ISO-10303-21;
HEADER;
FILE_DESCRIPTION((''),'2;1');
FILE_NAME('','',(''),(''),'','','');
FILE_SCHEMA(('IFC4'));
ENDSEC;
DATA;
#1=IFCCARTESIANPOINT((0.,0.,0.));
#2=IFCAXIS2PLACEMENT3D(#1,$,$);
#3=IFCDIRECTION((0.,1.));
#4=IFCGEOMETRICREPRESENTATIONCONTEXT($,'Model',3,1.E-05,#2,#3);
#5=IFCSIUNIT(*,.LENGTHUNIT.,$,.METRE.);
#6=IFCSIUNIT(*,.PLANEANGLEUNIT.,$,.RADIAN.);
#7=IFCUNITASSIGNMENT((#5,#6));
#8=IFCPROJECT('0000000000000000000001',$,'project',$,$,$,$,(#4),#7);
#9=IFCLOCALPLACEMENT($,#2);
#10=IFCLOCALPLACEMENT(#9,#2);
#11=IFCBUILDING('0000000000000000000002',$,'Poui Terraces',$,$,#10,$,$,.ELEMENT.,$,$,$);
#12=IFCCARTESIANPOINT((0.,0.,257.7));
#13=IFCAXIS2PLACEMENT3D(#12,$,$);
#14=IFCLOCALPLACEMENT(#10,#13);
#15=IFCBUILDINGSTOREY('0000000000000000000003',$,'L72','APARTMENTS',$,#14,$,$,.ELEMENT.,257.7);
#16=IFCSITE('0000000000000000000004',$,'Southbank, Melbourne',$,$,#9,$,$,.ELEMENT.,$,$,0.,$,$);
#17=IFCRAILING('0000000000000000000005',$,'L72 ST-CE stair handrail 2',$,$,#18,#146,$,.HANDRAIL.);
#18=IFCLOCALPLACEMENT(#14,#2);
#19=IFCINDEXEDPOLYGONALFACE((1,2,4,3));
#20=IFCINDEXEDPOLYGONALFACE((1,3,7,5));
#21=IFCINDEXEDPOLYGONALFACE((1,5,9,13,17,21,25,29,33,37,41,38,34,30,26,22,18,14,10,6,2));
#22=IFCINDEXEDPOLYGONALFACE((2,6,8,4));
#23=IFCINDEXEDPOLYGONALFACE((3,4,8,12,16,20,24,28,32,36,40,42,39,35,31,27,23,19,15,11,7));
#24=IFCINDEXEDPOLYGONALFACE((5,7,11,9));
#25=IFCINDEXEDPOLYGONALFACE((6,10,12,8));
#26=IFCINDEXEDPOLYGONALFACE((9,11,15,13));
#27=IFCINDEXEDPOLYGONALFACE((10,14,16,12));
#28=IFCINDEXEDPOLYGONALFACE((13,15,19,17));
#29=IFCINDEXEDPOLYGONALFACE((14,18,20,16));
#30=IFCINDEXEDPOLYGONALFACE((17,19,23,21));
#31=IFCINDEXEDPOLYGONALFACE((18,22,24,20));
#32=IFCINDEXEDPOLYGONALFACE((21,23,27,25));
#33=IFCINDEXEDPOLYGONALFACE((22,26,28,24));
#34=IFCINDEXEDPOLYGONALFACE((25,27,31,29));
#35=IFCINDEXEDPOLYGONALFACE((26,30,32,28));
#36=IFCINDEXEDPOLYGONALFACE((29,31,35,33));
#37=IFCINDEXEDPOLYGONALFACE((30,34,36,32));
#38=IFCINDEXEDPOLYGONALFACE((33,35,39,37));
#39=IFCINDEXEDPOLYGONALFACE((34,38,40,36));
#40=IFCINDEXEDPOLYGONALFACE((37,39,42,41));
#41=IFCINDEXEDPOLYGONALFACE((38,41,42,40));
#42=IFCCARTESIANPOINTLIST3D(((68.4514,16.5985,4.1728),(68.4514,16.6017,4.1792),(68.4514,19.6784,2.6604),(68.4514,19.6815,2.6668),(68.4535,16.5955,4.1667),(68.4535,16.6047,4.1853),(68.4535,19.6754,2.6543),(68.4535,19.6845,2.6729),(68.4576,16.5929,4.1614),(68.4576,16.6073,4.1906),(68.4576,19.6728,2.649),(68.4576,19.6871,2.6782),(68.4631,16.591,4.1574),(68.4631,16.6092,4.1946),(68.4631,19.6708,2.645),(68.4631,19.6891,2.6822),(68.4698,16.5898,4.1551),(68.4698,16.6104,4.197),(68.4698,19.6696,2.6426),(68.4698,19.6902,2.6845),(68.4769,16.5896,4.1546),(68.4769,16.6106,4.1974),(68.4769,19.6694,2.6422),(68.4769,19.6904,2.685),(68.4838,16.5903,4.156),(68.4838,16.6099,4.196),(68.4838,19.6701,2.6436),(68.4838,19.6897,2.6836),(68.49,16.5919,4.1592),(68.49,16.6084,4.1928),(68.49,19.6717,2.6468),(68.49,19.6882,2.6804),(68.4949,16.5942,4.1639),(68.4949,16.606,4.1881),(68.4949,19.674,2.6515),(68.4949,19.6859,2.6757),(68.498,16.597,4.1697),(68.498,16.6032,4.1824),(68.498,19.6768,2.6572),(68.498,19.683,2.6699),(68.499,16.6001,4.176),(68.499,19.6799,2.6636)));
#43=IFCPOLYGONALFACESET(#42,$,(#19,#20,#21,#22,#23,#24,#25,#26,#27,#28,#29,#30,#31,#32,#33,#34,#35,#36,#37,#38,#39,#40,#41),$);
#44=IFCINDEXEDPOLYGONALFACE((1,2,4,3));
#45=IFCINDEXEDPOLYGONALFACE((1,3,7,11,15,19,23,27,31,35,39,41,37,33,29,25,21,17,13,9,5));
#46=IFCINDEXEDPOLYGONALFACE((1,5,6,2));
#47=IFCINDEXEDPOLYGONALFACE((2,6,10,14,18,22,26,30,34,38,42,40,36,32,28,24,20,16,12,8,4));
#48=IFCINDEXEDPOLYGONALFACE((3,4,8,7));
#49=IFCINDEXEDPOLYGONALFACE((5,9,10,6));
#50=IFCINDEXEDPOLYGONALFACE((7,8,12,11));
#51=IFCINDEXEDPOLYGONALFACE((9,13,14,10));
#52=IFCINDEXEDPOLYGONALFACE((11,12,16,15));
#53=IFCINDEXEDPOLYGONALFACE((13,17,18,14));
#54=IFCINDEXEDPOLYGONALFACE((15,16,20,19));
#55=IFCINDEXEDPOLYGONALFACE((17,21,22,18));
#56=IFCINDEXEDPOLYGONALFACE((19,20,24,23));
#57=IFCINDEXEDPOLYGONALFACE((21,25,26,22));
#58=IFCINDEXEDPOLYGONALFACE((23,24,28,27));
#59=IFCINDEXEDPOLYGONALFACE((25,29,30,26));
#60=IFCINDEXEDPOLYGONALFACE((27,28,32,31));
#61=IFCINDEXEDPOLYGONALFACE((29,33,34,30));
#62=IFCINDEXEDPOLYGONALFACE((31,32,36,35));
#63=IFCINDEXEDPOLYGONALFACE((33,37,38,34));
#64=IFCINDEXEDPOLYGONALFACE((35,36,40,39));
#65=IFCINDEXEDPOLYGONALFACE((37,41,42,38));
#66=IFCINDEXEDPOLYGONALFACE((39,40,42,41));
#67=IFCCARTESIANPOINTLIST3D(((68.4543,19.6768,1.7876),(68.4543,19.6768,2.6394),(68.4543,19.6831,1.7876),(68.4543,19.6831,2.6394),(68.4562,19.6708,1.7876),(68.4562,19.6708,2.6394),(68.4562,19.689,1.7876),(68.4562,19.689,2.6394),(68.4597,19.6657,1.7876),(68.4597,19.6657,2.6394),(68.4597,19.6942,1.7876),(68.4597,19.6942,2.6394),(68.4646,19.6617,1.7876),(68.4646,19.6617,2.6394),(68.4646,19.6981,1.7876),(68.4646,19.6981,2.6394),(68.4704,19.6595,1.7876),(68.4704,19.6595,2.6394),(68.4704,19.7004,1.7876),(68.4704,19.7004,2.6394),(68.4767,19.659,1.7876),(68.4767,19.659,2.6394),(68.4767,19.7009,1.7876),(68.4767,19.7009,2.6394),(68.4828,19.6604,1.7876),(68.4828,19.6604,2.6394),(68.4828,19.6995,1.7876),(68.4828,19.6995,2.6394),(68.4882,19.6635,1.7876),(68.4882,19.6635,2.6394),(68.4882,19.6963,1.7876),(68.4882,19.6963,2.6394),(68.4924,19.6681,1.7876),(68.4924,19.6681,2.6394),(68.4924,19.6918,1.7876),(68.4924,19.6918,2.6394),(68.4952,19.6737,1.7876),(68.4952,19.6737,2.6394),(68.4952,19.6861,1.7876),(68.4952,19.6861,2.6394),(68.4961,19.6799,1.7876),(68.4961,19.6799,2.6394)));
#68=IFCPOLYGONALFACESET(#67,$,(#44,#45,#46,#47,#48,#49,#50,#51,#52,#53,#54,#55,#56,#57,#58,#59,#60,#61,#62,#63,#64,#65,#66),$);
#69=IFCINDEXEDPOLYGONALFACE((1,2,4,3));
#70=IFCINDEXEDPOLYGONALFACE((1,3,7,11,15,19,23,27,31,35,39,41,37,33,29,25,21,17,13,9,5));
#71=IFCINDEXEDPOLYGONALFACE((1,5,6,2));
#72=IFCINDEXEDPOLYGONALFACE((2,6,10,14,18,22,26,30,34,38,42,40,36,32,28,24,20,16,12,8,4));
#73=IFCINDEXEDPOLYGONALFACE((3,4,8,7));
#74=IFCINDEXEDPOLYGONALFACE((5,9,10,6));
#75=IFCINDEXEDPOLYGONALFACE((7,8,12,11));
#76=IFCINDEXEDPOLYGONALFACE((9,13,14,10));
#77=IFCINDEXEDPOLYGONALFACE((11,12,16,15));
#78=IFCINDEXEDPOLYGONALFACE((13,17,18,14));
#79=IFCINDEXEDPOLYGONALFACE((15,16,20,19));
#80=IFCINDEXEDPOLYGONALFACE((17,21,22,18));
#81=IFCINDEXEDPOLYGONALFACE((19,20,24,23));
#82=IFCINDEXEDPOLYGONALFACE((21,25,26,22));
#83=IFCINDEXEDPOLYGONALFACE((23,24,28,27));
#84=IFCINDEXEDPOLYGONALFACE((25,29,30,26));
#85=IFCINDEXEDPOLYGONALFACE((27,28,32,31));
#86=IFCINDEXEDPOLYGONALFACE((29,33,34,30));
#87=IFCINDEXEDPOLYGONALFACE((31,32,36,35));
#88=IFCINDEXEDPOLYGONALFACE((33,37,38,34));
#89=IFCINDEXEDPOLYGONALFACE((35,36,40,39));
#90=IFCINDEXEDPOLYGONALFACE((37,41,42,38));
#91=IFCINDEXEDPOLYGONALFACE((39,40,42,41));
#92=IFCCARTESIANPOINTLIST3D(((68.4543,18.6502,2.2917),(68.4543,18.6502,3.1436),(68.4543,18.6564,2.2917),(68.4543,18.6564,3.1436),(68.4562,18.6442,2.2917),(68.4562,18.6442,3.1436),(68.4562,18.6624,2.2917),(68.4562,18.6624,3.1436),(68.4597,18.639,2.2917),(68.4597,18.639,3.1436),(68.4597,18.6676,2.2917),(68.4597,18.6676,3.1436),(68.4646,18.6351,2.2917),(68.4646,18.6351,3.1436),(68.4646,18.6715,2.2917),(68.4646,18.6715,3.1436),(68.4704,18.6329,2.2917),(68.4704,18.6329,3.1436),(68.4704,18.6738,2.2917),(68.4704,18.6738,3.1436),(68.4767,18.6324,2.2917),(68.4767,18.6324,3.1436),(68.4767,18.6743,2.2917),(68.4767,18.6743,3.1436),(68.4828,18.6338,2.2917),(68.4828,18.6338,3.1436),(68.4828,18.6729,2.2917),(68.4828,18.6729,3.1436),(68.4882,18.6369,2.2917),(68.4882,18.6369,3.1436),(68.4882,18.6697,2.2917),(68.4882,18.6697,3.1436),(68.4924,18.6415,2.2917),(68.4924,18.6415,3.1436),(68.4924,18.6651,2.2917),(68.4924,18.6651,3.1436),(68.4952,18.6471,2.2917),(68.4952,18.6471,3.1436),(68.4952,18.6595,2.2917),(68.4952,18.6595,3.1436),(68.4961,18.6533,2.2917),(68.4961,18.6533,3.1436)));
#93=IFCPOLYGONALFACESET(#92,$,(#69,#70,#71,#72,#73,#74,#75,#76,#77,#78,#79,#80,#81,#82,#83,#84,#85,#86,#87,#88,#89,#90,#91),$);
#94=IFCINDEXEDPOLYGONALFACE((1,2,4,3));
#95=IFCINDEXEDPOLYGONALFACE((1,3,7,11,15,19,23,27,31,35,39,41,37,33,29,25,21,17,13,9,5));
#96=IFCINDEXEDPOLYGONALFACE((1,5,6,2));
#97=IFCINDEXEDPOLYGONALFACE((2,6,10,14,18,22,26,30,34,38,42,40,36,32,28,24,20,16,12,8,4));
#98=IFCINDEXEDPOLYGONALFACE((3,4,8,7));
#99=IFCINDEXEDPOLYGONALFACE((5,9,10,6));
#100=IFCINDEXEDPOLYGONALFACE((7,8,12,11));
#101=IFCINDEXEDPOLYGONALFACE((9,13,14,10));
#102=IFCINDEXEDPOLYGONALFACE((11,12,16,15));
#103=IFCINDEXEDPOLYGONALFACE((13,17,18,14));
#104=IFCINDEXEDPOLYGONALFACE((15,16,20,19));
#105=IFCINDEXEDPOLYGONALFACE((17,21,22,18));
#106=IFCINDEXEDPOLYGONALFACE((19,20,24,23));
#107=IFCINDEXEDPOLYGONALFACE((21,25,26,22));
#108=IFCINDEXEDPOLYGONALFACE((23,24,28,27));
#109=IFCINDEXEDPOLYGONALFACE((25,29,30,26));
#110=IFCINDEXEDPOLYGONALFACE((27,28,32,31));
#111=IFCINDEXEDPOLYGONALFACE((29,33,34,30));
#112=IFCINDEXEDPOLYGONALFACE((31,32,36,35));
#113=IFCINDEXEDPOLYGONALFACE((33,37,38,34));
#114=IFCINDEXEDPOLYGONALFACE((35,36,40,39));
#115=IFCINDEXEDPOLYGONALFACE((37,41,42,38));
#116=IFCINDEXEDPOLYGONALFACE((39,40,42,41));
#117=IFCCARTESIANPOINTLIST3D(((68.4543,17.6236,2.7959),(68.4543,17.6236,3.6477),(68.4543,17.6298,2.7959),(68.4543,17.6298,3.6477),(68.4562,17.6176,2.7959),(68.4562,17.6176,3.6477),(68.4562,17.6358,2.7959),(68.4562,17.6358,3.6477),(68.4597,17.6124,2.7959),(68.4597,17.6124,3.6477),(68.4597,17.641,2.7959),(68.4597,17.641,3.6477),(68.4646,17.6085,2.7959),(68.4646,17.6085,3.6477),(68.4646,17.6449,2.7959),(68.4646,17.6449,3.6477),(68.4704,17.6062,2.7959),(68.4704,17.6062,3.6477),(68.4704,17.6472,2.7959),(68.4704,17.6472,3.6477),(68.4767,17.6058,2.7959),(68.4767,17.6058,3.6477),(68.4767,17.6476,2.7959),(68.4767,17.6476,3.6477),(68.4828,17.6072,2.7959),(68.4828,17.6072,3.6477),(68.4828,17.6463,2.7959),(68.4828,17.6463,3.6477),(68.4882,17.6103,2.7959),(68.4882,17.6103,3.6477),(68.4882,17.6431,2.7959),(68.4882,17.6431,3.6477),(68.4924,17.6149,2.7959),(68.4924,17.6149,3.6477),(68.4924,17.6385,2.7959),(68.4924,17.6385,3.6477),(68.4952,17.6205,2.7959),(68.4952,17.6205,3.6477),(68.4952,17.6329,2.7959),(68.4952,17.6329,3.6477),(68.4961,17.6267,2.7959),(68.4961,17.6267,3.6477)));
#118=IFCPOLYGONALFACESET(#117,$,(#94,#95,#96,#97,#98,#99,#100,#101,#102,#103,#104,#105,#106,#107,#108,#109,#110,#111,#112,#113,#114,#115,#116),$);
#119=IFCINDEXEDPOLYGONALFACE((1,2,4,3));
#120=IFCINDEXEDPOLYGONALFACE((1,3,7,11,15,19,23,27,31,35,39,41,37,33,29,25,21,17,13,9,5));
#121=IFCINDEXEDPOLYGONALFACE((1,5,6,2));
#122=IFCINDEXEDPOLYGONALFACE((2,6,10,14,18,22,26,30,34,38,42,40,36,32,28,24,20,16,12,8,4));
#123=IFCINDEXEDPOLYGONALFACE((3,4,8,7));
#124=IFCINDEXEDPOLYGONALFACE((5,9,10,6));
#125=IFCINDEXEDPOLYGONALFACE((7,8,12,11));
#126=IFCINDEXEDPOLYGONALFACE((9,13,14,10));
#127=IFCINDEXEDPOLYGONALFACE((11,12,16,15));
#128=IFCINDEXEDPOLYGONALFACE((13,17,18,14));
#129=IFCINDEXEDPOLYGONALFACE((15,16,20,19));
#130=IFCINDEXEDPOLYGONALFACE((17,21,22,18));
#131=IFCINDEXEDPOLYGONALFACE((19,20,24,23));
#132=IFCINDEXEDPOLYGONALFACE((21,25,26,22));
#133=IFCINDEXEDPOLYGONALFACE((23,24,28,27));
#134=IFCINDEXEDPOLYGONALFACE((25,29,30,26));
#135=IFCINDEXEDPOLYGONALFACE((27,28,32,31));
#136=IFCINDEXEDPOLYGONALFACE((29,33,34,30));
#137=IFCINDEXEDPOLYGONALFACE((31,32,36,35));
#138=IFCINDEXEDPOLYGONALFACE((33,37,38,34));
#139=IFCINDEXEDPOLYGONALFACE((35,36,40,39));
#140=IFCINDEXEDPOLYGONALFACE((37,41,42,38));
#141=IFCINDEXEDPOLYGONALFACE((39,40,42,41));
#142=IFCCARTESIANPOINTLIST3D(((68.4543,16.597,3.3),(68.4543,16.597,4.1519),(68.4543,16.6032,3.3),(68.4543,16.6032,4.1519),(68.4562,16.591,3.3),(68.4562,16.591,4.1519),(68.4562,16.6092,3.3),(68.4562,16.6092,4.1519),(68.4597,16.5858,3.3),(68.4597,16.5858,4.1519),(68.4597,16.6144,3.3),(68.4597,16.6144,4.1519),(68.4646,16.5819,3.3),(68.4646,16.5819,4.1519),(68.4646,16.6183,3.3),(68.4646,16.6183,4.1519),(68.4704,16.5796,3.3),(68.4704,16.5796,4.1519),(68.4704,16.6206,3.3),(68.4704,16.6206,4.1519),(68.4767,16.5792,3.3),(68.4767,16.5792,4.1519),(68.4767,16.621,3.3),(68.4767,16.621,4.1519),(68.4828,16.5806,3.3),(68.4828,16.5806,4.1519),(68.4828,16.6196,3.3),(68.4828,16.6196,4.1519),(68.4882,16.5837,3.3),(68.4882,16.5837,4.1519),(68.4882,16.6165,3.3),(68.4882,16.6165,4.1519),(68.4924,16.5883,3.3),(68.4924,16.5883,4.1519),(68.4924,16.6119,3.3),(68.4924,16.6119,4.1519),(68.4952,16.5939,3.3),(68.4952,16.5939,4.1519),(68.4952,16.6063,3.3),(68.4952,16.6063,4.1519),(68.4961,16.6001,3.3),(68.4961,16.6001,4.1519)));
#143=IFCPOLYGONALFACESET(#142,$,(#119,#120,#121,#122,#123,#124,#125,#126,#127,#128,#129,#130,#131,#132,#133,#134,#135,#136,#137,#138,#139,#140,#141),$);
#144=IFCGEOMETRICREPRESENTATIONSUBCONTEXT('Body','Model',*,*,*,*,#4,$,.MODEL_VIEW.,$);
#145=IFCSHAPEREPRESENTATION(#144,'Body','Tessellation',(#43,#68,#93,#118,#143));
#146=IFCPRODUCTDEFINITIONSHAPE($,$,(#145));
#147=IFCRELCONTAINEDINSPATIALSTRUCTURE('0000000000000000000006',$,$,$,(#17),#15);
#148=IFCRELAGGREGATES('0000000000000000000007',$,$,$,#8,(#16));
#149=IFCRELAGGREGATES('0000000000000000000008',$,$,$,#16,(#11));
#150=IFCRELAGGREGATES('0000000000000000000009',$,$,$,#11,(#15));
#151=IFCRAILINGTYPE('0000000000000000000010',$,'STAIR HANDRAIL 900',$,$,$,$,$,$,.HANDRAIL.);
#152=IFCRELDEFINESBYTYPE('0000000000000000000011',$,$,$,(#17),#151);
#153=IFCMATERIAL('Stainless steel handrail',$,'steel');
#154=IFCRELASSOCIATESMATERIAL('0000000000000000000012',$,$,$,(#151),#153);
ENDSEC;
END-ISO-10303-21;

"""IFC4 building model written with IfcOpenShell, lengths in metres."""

from ifc_helpers import new_model, si_unit, direction, frame, origin, origin_2d, place, context, subcontext, project, spatial, circle, extrude, material, type_object, element, save


model = new_model("IFC4")

# Units and contexts
model_context = context("Model", 3, precision=1e-05, world=origin(), true_north=direction((0.0, 1.0)))
body_context = subcontext(model_context, "Body", "Model", "MODEL_VIEW")
ifc_project = project(units=[si_unit("LENGTHUNIT", "METRE"), si_unit("PLANEANGLEUNIT", "RADIAN")], contexts=[model_context])

# Site, building, storey
site_placement = place(None, origin())
site = spatial("IfcSite", under=ifc_project, at=site_placement, Name="Southbank, Melbourne", CompositionType="ELEMENT", RefElevation=0.0)
building_placement = place(site_placement, origin())
building = spatial("IfcBuilding", under=site, at=building_placement, Name="Poui Terraces", CompositionType="ELEMENT")
storey_placement = place(building_placement, frame((0.0, 0.0, 257.7)))
storey = spatial("IfcBuildingStorey", under=building, at=storey_placement, Name="L72", Description="APARTMENTS", CompositionType="ELEMENT", Elevation=257.7)

# Railing
ifc_material_1 = material(Name="Stainless steel handrail", Category="steel")
railing_type_1 = type_object("IfcRailingType", Name="STAIR HANDRAIL 900", PredefinedType="HANDRAIL", material=ifc_material_1)
railing_1_placement = place(storey_placement, frame((68.4751, 19.6799, 1.7876)))
element("IfcRailing", 1, at=railing_1_placement, inside=storey, type_object=railing_type_1, Name="L72 ST-CE stair handrail 2", PredefinedType="HANDRAIL", context=body_context, shape_type="SweptSolid", body=[
    extrude(circle(Radius=0.0239, at=origin_2d()), frame((0.0, 0.0, 0.876), z_axis=(0.0, -0.897606, 0.440798), x_axis=(1.0, 0.0, 0.0)), (0.0, 0.0, 1.0), 3.4312),
    extrude(circle(Radius=0.021, at=origin_2d()), origin(), (0.0, 0.0, 1.0), 0.8518),
    extrude(circle(Radius=0.021, at=origin_2d()), frame((0.0, -1.0266, 0.5042)), (0.0, 0.0, 1.0), 0.8518),
    extrude(circle(Radius=0.021, at=origin_2d()), frame((0.0, -2.0532, 1.0083)), (0.0, 0.0, 1.0), 0.8518),
    extrude(circle(Radius=0.021, at=origin_2d()), frame((0.0, -3.0798, 1.5125)), (0.0, 0.0, 1.0), 0.8518),
])

save(model, "model.ifc")
